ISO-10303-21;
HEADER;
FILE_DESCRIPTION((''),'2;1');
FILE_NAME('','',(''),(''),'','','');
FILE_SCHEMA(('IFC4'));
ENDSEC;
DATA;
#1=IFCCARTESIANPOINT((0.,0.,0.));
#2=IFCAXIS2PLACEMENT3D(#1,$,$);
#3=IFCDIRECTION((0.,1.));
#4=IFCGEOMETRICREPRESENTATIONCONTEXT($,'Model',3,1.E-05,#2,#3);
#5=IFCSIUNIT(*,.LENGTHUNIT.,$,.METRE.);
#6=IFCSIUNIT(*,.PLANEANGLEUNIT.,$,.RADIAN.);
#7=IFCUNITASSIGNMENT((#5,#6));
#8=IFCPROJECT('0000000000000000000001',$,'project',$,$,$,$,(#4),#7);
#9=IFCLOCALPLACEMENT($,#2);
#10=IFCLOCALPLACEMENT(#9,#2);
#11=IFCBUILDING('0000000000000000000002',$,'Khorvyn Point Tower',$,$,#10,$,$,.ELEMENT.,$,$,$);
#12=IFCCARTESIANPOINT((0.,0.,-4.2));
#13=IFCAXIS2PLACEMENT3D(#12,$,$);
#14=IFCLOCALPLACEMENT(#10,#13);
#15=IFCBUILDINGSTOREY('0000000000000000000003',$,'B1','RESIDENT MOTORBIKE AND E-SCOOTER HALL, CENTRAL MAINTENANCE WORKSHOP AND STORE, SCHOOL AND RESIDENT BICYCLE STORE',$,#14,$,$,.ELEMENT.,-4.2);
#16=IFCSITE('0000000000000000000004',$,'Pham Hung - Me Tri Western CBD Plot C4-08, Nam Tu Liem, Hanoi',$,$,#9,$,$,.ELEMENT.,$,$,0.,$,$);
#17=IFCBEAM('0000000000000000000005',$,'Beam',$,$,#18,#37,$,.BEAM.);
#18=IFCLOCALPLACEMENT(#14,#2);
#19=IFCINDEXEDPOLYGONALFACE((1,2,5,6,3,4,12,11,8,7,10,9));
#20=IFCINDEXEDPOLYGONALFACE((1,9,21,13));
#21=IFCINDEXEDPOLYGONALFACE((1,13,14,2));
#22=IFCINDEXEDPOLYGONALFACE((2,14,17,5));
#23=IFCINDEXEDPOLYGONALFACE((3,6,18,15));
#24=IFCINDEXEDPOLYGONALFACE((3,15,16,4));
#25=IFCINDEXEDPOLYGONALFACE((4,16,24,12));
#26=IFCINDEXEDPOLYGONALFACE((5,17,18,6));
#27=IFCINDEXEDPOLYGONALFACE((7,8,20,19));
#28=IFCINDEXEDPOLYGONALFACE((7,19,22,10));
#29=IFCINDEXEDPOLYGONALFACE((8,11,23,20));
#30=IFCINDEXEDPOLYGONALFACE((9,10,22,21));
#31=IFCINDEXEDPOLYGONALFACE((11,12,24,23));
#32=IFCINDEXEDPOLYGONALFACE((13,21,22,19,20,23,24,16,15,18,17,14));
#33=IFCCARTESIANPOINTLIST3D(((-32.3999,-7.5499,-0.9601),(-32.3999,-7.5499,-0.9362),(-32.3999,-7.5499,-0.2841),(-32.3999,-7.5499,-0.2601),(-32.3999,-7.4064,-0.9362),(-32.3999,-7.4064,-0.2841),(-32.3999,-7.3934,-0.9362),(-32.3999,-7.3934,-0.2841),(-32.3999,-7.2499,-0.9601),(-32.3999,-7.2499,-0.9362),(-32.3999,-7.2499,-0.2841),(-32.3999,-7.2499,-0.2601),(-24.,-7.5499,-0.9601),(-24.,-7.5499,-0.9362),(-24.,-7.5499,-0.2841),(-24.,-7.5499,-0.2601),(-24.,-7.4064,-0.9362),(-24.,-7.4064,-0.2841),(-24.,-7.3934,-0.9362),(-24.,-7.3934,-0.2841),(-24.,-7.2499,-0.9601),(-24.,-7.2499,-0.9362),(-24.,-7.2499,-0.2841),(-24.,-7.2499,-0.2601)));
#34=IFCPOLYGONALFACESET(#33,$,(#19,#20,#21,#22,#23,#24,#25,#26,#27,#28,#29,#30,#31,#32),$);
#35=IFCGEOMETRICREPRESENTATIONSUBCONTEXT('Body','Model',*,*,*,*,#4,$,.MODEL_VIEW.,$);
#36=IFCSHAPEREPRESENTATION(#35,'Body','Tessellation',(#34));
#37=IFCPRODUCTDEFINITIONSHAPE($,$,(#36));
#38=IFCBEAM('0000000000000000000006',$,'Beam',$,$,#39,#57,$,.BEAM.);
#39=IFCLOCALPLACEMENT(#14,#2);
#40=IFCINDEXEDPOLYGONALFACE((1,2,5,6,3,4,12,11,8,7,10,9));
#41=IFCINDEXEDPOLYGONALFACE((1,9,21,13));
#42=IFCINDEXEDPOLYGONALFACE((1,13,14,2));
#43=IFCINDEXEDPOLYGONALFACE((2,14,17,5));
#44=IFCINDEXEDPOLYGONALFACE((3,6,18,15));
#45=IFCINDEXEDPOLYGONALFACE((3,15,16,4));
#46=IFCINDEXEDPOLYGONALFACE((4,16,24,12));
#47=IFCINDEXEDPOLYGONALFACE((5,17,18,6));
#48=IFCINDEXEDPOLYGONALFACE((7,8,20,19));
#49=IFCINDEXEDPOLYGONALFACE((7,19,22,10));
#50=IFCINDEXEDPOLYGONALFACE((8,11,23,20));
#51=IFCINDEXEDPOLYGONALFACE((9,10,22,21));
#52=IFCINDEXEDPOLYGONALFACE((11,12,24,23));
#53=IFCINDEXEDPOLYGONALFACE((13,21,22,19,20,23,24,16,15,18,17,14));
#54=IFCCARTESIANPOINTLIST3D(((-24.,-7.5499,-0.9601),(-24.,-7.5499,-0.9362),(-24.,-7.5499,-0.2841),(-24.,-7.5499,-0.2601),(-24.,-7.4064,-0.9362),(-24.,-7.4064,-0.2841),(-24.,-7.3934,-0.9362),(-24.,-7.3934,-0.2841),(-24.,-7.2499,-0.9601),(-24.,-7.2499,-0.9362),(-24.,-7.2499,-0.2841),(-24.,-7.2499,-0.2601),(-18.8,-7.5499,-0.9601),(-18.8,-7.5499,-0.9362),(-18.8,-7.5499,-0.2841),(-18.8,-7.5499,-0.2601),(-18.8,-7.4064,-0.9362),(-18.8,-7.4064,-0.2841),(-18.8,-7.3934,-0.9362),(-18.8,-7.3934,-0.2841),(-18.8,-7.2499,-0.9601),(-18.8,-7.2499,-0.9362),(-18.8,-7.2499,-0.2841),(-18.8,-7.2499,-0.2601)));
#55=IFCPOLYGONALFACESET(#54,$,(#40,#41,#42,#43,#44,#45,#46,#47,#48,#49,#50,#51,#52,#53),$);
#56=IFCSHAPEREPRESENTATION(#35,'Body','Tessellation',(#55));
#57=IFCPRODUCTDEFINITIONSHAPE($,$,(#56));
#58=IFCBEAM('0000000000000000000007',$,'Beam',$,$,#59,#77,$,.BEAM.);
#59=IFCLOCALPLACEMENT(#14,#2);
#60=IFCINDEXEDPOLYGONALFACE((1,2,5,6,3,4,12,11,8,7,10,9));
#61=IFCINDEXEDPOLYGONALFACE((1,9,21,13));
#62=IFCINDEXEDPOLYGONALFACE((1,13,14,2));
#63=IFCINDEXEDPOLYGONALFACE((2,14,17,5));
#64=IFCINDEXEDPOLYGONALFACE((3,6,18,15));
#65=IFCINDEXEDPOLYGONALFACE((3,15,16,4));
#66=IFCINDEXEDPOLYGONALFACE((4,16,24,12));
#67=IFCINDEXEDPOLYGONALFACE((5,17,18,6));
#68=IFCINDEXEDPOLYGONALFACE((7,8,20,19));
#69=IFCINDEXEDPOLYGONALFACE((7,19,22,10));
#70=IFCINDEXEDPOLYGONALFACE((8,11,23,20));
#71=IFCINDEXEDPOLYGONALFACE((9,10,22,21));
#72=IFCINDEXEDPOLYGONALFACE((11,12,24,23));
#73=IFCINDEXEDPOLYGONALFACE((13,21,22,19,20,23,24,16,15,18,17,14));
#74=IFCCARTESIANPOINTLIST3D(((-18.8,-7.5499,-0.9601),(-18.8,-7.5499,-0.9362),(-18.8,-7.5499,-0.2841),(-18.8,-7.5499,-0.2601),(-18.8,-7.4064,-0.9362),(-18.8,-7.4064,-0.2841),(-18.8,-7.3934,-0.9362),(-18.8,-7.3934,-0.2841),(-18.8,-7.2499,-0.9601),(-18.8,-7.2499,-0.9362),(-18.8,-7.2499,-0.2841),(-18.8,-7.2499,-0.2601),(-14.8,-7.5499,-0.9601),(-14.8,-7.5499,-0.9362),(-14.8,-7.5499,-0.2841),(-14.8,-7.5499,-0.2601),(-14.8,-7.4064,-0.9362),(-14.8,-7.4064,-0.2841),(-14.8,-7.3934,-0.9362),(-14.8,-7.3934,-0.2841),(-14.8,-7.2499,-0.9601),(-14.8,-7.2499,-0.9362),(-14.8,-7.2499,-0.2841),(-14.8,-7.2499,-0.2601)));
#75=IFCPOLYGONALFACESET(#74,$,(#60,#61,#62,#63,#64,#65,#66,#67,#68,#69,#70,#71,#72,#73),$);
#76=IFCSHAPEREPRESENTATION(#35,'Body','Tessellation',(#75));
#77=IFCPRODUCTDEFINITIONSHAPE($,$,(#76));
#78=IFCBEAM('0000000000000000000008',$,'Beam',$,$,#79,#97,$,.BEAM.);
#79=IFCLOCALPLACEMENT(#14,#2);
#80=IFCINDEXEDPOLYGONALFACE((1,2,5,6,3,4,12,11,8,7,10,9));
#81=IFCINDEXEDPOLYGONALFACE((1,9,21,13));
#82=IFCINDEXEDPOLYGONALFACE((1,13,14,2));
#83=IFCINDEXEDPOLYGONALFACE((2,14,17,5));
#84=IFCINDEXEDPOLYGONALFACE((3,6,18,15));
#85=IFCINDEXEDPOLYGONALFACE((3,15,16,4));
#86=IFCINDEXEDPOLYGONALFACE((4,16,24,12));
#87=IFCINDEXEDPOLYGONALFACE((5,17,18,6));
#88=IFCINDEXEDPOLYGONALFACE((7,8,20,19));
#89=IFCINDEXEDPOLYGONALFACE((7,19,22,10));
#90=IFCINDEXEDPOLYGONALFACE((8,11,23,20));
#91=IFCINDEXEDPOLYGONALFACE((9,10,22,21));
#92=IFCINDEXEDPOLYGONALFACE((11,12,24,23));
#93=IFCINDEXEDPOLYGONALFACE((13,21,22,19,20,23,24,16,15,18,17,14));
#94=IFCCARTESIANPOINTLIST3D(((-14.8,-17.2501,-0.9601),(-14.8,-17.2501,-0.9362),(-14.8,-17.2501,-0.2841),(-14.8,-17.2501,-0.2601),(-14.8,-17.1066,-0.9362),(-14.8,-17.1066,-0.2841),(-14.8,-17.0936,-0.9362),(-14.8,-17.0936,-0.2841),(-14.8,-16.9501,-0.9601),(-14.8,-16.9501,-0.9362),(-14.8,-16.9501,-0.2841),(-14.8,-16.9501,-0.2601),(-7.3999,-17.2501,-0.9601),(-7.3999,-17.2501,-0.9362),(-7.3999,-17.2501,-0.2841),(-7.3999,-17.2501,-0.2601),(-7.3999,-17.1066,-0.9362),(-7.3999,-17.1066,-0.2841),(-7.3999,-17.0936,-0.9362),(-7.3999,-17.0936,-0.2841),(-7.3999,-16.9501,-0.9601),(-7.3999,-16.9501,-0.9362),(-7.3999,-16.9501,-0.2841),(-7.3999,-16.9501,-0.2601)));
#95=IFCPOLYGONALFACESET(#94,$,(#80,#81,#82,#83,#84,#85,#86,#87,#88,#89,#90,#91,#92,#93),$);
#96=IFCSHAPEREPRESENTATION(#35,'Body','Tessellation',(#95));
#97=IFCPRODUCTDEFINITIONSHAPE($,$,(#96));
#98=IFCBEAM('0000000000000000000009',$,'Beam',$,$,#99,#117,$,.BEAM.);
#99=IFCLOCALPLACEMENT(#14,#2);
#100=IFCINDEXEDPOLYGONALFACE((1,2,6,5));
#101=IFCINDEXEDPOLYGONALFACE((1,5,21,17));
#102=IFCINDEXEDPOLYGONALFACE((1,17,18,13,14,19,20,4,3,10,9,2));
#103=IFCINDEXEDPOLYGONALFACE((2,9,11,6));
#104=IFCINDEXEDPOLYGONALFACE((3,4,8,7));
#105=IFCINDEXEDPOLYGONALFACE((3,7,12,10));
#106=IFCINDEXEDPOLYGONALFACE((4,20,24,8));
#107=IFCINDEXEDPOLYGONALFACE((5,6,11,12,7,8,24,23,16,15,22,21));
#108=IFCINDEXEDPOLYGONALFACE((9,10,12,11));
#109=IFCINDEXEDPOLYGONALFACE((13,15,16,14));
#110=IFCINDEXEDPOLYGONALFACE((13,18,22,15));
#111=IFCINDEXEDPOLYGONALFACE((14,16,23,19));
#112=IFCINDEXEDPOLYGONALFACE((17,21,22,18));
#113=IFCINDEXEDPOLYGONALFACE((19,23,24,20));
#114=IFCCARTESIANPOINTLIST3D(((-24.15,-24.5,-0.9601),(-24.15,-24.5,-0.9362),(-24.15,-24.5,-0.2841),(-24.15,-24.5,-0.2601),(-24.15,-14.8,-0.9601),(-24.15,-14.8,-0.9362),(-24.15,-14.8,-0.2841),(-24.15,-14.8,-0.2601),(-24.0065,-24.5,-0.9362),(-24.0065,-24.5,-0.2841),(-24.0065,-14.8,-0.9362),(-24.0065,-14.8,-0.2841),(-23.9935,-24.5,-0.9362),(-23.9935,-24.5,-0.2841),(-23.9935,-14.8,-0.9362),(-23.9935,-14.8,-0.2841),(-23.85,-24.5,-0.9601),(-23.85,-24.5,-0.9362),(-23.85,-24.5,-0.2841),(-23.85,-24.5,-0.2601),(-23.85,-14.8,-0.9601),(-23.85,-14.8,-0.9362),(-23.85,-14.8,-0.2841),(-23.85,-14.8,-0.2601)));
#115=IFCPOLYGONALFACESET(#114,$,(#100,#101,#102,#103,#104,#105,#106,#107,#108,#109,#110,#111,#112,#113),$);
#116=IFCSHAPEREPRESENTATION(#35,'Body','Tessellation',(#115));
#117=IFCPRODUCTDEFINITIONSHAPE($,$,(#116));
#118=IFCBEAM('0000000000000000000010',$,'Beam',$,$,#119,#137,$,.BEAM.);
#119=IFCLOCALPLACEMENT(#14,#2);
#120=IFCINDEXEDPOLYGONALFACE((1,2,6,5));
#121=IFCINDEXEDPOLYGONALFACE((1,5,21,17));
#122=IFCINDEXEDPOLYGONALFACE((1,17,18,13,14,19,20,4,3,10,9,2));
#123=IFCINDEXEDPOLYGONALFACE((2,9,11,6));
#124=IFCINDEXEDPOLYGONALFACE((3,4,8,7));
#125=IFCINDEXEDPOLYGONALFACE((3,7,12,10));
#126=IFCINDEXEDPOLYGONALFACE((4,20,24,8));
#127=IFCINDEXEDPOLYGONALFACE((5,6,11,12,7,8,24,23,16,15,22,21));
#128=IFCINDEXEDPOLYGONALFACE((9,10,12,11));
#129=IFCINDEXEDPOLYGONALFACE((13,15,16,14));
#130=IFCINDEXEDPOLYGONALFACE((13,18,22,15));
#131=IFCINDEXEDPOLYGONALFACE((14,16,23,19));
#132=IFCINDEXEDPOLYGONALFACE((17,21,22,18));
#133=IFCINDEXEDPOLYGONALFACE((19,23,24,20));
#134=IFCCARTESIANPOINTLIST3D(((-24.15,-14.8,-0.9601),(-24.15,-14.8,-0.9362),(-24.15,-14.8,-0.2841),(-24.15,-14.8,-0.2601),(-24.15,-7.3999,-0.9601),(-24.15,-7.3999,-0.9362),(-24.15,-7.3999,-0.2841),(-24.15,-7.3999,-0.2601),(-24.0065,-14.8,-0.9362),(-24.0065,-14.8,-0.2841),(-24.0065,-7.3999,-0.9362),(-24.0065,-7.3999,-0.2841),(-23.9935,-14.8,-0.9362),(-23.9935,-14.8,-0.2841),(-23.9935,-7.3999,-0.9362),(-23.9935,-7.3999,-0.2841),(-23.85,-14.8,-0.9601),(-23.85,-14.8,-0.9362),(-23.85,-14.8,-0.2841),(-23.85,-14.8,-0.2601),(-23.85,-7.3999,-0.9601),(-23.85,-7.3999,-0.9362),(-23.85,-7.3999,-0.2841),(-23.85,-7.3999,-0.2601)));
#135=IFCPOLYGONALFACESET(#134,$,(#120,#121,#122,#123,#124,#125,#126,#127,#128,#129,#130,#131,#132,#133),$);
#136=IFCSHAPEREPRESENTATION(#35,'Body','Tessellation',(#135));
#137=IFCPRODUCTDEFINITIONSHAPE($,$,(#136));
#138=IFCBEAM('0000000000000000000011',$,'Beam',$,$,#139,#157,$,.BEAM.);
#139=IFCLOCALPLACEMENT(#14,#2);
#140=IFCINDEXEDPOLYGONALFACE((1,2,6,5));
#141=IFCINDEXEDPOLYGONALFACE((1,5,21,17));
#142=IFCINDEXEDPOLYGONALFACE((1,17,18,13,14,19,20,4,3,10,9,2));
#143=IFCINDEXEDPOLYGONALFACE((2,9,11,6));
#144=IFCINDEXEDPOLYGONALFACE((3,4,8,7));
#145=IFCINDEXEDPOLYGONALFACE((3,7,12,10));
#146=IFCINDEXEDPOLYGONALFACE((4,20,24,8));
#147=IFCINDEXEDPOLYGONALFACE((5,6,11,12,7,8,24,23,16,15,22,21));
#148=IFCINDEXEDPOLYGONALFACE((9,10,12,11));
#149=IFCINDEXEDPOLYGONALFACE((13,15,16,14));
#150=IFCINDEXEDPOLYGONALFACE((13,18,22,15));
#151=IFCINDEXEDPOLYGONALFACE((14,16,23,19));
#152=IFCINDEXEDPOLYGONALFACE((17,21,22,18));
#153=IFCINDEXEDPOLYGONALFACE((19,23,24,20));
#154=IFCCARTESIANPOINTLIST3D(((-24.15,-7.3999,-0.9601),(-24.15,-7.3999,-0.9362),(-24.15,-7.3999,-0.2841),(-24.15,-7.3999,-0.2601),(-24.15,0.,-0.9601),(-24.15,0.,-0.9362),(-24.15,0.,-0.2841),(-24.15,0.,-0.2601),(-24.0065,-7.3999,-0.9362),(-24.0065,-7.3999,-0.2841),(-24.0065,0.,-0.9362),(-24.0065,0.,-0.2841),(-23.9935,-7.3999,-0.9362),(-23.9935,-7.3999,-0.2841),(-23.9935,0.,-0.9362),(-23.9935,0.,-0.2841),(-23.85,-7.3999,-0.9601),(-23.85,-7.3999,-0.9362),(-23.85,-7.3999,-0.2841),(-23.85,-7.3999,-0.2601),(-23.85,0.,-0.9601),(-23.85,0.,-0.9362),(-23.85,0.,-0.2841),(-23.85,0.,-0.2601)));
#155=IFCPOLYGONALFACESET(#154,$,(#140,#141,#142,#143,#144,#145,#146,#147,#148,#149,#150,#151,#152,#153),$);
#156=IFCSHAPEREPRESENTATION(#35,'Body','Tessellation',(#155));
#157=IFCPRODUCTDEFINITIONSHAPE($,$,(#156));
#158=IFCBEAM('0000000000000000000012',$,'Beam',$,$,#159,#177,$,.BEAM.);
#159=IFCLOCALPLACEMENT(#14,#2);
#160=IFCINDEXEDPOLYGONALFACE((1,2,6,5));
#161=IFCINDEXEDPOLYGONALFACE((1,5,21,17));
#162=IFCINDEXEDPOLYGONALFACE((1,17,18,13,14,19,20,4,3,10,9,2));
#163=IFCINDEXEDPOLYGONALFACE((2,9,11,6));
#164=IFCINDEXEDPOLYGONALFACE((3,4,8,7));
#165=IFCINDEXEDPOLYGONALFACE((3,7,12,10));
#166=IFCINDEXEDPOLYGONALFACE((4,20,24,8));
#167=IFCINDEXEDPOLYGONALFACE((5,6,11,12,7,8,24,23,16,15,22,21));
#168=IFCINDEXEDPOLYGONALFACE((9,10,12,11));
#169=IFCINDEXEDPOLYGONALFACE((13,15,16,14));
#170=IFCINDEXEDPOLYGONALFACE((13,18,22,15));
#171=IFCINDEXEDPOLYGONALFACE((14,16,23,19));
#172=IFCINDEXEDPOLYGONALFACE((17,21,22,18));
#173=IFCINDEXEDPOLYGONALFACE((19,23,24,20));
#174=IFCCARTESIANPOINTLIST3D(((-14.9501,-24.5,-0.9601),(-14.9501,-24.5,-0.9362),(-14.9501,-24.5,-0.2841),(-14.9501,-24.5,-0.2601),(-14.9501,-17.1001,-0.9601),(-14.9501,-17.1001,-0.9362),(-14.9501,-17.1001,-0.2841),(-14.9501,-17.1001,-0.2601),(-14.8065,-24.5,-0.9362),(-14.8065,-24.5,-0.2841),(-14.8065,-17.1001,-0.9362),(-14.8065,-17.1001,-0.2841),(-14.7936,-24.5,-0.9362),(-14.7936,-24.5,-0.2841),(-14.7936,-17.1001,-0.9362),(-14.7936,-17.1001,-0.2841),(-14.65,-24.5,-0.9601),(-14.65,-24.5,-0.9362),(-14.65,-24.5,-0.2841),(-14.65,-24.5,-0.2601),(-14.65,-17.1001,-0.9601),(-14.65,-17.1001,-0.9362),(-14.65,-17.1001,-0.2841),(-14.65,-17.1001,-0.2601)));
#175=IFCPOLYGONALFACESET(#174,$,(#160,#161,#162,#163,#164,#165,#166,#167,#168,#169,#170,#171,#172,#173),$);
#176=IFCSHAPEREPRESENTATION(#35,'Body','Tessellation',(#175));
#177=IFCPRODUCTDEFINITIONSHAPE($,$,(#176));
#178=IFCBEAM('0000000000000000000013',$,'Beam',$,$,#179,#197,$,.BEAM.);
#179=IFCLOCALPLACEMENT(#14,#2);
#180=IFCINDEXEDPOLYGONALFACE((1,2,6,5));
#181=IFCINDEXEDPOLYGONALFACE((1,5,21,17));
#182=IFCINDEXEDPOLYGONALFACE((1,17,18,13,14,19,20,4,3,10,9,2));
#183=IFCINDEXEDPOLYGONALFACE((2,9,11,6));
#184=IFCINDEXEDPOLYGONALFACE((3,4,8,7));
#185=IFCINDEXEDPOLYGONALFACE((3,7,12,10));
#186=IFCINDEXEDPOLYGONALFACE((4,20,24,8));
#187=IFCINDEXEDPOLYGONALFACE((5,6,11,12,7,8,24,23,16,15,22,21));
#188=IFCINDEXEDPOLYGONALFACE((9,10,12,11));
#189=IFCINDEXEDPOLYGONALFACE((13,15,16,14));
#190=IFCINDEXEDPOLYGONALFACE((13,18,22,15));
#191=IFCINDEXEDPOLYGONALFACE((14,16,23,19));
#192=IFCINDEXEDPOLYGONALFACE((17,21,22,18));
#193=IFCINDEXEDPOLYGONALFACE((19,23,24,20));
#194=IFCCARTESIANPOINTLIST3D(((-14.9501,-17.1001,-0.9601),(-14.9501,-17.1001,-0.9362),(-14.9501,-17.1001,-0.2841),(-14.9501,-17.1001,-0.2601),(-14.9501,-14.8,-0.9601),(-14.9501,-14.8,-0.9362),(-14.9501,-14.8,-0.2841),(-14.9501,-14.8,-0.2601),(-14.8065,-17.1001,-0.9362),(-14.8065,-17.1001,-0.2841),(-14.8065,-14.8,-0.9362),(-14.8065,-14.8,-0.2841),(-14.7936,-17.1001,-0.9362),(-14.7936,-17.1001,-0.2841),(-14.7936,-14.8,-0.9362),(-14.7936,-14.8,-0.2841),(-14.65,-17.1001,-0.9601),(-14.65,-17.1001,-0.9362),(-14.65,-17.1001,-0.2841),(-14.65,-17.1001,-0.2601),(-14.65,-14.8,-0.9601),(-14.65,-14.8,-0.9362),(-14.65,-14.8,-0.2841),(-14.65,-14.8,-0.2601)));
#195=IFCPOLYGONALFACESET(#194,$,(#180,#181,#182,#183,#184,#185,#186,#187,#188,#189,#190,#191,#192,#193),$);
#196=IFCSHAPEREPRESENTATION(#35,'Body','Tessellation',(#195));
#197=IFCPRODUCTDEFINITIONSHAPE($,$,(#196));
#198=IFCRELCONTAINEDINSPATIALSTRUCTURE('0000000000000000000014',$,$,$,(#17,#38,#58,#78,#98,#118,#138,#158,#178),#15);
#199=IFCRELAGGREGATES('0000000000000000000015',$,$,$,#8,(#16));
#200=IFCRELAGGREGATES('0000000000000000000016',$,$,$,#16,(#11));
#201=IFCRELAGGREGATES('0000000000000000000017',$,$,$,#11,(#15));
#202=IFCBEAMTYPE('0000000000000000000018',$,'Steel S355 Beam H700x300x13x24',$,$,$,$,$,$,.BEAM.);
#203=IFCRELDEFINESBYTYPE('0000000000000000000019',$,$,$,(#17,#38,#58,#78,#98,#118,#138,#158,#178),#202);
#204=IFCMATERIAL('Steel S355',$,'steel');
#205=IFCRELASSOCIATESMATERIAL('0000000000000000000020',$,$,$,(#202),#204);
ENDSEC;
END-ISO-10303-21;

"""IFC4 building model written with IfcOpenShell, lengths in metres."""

from ifc_helpers import new_model, si_unit, direction, frame, origin, origin_2d, place, context, subcontext, project, spatial, i_section, extrude, material, material_profile, profile_set, type_object, element, save


model = new_model("IFC4")

# Units and contexts
model_context = context("Model", 3, precision=1e-05, world=origin(), true_north=direction((0.0, 1.0)))
body_context = subcontext(model_context, "Body", "Model", "MODEL_VIEW")
ifc_project = project(units=[si_unit("LENGTHUNIT", "METRE"), si_unit("PLANEANGLEUNIT", "RADIAN")], contexts=[model_context])

# Site, building, storey
site_placement = place(None, origin())
site = spatial("IfcSite", under=ifc_project, at=site_placement, Name="Pham Hung - Me Tri Western CBD Plot C4-08, Nam Tu Liem, Hanoi", CompositionType="ELEMENT", RefElevation=0.0)
building_placement = place(site_placement, origin())
building = spatial("IfcBuilding", under=site, at=building_placement, Name="Khorvyn Point Tower", CompositionType="ELEMENT")
storey_placement = place(building_placement, frame((0.0, 0.0, -4.2)))
storey = spatial("IfcBuildingStorey", under=building, at=storey_placement, Name="B1", Description="RESIDENT MOTORBIKE AND E-SCOOTER HALL, CENTRAL MAINTENANCE WORKSHOP AND STORE, SCHOOL AND RESIDENT BICYCLE STORE", CompositionType="ELEMENT", Elevation=-4.2)

# Beams
ifc_material_1 = material(Name="Steel S355", Category="steel")
ifc_material_profile_1 = material_profile(ifc_material_1, i_section(OverallWidth=0.3, OverallDepth=0.7, WebThickness=0.0129, FlangeThickness=0.0239, at=origin_2d()))
ifc_profile_set_1 = profile_set([ifc_material_profile_1], Name="Steel S355 H700x300x13x24")
beam_type_1 = type_object("IfcBeamType", Name="Steel S355 Beam H700x300x13x24", PredefinedType="BEAM", material=ifc_profile_set_1)
beam_1_placement = place(storey_placement, frame((-32.3999, -7.3999, -0.6101), z_axis=(1.0, 0.0, 0.0), x_axis=(0.0, 1.0, 0.0)))
element("IfcBeam", 1, at=beam_1_placement, inside=storey, type_object=beam_type_1, Name="Beam", PredefinedType="BEAM", context=body_context, shape_type="SweptSolid", body=[
    extrude(i_section(OverallWidth=0.3, OverallDepth=0.7, WebThickness=0.0129, FlangeThickness=0.0239, at=origin_2d()), origin(), (0.0, 0.0, 1.0), 8.3999),
])
beam_2_placement = place(storey_placement, frame((-24.0, -7.3999, -0.6101), z_axis=(1.0, 0.0, 0.0), x_axis=(0.0, 1.0, 0.0)))
element("IfcBeam", 2, at=beam_2_placement, inside=storey, type_object=beam_type_1, Name="Beam", PredefinedType="BEAM", context=body_context, shape_type="SweptSolid", body=[
    extrude(i_section(OverallWidth=0.3, OverallDepth=0.7, WebThickness=0.0129, FlangeThickness=0.0239, at=origin_2d()), origin(), (0.0, 0.0, 1.0), 5.2),
])
beam_3_placement = place(storey_placement, frame((-18.8, -7.3999, -0.6101), z_axis=(1.0, 0.0, 0.0), x_axis=(0.0, 1.0, 0.0)))
element("IfcBeam", 3, at=beam_3_placement, inside=storey, type_object=beam_type_1, Name="Beam", PredefinedType="BEAM", context=body_context, shape_type="SweptSolid", body=[
    extrude(i_section(OverallWidth=0.3, OverallDepth=0.7, WebThickness=0.0129, FlangeThickness=0.0239, at=origin_2d()), origin(), (0.0, 0.0, 1.0), 4.0),
])
beam_4_placement = place(storey_placement, frame((-14.8, -17.1001, -0.6101), z_axis=(1.0, 0.0, 0.0), x_axis=(0.0, 1.0, 0.0)))
element("IfcBeam", 4, at=beam_4_placement, inside=storey, type_object=beam_type_1, Name="Beam", PredefinedType="BEAM", context=body_context, shape_type="SweptSolid", body=[
    extrude(i_section(OverallWidth=0.3, OverallDepth=0.7, WebThickness=0.0129, FlangeThickness=0.0239, at=origin_2d()), origin(), (0.0, 0.0, 1.0), 7.4001),
])
beam_5_placement = place(storey_placement, frame((-24.0, -24.5, -0.6101), z_axis=(0.0, 1.0, 0.0), x_axis=(-1.0, 0.0, 0.0)))
element("IfcBeam", 5, at=beam_5_placement, inside=storey, type_object=beam_type_1, Name="Beam", PredefinedType="BEAM", context=body_context, shape_type="SweptSolid", body=[
    extrude(i_section(OverallWidth=0.3, OverallDepth=0.7, WebThickness=0.0129, FlangeThickness=0.0239, at=origin_2d()), origin(), (0.0, 0.0, 1.0), 9.7),
])
beam_6_placement = place(storey_placement, frame((-24.0, -14.8, -0.6101), z_axis=(0.0, 1.0, 0.0), x_axis=(-1.0, 0.0, 0.0)))
element("IfcBeam", 6, at=beam_6_placement, inside=storey, type_object=beam_type_1, Name="Beam", PredefinedType="BEAM", context=body_context, shape_type="SweptSolid", body=[
    extrude(i_section(OverallWidth=0.3, OverallDepth=0.7, WebThickness=0.0129, FlangeThickness=0.0239, at=origin_2d()), origin(), (0.0, 0.0, 1.0), 7.4001),
])
for number, where, z_axis, x_axis, name in (
    (7, (-24.0, -7.3999, -0.6101), (0.0, 1.0, 0.0), (-1.0, 0.0, 0.0), "Beam"),
    (8, (-14.8, -24.5, -0.6101), (0.0, 1.0, 0.0), (-1.0, 0.0, 0.0), "Beam"),
):
    element("IfcBeam", number, at=place(storey_placement, frame(where, z_axis=z_axis, x_axis=x_axis)), inside=storey, type_object=beam_type_1, Name=name, PredefinedType="BEAM", context=body_context, shape_type="SweptSolid", body=[
        extrude(i_section(OverallWidth=0.3, OverallDepth=0.7, WebThickness=0.0129, FlangeThickness=0.0239, at=origin_2d()), origin(), (0.0, 0.0, 1.0), 7.3999),
    ])
beam_7_placement = place(storey_placement, frame((-14.8, -17.1001, -0.6101), z_axis=(0.0, 1.0, 0.0), x_axis=(-1.0, 0.0, 0.0)))
element("IfcBeam", 9, at=beam_7_placement, inside=storey, type_object=beam_type_1, Name="Beam", PredefinedType="BEAM", context=body_context, shape_type="SweptSolid", body=[
    extrude(i_section(OverallWidth=0.3, OverallDepth=0.7, WebThickness=0.0129, FlangeThickness=0.0239, at=origin_2d()), origin(), (0.0, 0.0, 1.0), 2.3),
])

save(model, "model.ifc")
